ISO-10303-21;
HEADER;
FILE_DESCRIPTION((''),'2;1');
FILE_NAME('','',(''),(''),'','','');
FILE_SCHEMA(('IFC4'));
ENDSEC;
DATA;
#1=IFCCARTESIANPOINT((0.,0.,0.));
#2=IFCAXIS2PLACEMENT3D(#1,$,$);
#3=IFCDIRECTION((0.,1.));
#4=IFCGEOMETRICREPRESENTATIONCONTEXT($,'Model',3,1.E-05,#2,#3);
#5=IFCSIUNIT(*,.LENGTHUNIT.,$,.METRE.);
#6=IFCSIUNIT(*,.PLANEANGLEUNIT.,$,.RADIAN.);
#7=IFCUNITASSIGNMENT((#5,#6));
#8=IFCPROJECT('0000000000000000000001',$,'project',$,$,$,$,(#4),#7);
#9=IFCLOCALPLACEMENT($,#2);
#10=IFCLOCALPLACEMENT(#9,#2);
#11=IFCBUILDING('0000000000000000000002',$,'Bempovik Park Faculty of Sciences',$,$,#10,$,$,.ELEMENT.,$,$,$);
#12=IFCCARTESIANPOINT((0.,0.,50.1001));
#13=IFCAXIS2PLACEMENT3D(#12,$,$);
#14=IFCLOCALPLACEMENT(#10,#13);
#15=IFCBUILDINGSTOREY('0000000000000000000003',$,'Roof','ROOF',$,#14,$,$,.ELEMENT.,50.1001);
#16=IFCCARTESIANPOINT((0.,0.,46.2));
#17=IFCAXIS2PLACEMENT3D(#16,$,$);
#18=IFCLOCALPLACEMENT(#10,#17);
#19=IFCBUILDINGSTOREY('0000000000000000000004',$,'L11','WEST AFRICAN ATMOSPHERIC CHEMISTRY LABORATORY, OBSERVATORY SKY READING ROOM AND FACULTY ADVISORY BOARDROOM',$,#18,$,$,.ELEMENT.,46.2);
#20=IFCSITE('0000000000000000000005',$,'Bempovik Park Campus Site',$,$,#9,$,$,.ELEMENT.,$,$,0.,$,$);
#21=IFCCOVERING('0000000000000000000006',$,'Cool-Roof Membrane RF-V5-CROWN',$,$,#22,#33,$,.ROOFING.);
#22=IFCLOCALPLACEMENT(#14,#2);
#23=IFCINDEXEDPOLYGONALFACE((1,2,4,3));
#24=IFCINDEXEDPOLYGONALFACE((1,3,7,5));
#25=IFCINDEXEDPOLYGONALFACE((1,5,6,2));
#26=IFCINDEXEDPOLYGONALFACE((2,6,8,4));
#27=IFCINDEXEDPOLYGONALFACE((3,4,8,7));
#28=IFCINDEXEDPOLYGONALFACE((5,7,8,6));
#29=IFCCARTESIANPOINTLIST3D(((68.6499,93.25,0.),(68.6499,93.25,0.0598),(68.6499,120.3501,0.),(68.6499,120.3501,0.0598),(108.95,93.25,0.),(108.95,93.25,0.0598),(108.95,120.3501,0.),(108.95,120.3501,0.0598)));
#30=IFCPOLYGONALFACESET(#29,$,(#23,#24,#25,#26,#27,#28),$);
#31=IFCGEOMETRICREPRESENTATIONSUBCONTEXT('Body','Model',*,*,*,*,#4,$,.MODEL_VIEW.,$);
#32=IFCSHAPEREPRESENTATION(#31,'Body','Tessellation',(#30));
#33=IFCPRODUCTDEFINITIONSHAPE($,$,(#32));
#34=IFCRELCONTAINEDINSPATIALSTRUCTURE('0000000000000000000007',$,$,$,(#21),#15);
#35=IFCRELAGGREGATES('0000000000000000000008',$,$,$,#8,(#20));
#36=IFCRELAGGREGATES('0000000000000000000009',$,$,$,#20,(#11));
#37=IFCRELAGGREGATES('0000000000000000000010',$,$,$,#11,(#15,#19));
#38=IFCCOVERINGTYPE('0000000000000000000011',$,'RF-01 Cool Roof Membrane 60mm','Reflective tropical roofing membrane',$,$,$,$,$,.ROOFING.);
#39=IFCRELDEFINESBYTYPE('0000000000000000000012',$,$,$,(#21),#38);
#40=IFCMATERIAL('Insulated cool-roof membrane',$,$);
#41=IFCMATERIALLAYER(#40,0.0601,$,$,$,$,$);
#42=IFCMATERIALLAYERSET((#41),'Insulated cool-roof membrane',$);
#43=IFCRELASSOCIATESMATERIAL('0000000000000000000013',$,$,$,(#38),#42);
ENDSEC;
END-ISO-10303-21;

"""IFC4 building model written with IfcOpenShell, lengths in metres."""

from ifc_helpers import new_model, si_unit, direction, frame, origin, place, context, subcontext, project, spatial, polyline, outline, extrude, material, layer, layer_set, type_object, element, save


model = new_model("IFC4")

# Units and contexts
model_context = context("Model", 3, precision=1e-05, world=origin(), true_north=direction((0.0, 1.0)))
body_context = subcontext(model_context, "Body", "Model", "MODEL_VIEW")
ifc_project = project(units=[si_unit("LENGTHUNIT", "METRE"), si_unit("PLANEANGLEUNIT", "RADIAN")], contexts=[model_context])

# Site, building, storey
site_placement = place(None, origin())
site = spatial("IfcSite", under=ifc_project, at=site_placement, Name="Bempovik Park Campus Site", CompositionType="ELEMENT", RefElevation=0.0)
building_placement = place(site_placement, origin())
building = spatial("IfcBuilding", under=site, at=building_placement, Name="Bempovik Park Faculty of Sciences", CompositionType="ELEMENT")
storey_1_placement = place(building_placement, frame((0.0, 0.0, 50.1001)))
storey_1 = spatial("IfcBuildingStorey", under=building, at=storey_1_placement, Name="Roof", Description="ROOF", CompositionType="ELEMENT", Elevation=50.1001)

# Shared definitions
storey_2_placement = place(building_placement, frame((0.0, 0.0, 46.2)))
storey_2 = spatial("IfcBuildingStorey", under=building, at=storey_2_placement, Name="L11", Description="WEST AFRICAN ATMOSPHERIC CHEMISTRY LABORATORY, OBSERVATORY SKY READING ROOM AND FACULTY ADVISORY BOARDROOM", CompositionType="ELEMENT", Elevation=46.2)

# Covering
ifc_material_1 = material(Name="Insulated cool-roof membrane")
ifc_layer_1 = layer(ifc_material_1, 0.0601)
ifc_layer_set_1 = layer_set([ifc_layer_1], Name="Insulated cool-roof membrane")
covering_type = type_object("IfcCoveringType", Name="RF-01 Cool Roof Membrane 60mm", Description="Reflective tropical roofing membrane", PredefinedType="ROOFING", material=ifc_layer_set_1)
covering_placement = place(storey_1_placement, origin())
element("IfcCovering", 1, at=covering_placement, inside=storey_1, type_object=covering_type, Name="Cool-Roof Membrane RF-V5-CROWN", PredefinedType="ROOFING", context=body_context, shape_type="SweptSolid", body=[
    extrude(outline(polyline([(68.6499, 93.25), (108.95, 93.25), (108.95, 120.3501), (68.6499, 120.3501), (68.6499, 93.25)])), origin(), (0.0, 0.0, 1.0), 0.0598),
])

save(model, "model.ifc")
